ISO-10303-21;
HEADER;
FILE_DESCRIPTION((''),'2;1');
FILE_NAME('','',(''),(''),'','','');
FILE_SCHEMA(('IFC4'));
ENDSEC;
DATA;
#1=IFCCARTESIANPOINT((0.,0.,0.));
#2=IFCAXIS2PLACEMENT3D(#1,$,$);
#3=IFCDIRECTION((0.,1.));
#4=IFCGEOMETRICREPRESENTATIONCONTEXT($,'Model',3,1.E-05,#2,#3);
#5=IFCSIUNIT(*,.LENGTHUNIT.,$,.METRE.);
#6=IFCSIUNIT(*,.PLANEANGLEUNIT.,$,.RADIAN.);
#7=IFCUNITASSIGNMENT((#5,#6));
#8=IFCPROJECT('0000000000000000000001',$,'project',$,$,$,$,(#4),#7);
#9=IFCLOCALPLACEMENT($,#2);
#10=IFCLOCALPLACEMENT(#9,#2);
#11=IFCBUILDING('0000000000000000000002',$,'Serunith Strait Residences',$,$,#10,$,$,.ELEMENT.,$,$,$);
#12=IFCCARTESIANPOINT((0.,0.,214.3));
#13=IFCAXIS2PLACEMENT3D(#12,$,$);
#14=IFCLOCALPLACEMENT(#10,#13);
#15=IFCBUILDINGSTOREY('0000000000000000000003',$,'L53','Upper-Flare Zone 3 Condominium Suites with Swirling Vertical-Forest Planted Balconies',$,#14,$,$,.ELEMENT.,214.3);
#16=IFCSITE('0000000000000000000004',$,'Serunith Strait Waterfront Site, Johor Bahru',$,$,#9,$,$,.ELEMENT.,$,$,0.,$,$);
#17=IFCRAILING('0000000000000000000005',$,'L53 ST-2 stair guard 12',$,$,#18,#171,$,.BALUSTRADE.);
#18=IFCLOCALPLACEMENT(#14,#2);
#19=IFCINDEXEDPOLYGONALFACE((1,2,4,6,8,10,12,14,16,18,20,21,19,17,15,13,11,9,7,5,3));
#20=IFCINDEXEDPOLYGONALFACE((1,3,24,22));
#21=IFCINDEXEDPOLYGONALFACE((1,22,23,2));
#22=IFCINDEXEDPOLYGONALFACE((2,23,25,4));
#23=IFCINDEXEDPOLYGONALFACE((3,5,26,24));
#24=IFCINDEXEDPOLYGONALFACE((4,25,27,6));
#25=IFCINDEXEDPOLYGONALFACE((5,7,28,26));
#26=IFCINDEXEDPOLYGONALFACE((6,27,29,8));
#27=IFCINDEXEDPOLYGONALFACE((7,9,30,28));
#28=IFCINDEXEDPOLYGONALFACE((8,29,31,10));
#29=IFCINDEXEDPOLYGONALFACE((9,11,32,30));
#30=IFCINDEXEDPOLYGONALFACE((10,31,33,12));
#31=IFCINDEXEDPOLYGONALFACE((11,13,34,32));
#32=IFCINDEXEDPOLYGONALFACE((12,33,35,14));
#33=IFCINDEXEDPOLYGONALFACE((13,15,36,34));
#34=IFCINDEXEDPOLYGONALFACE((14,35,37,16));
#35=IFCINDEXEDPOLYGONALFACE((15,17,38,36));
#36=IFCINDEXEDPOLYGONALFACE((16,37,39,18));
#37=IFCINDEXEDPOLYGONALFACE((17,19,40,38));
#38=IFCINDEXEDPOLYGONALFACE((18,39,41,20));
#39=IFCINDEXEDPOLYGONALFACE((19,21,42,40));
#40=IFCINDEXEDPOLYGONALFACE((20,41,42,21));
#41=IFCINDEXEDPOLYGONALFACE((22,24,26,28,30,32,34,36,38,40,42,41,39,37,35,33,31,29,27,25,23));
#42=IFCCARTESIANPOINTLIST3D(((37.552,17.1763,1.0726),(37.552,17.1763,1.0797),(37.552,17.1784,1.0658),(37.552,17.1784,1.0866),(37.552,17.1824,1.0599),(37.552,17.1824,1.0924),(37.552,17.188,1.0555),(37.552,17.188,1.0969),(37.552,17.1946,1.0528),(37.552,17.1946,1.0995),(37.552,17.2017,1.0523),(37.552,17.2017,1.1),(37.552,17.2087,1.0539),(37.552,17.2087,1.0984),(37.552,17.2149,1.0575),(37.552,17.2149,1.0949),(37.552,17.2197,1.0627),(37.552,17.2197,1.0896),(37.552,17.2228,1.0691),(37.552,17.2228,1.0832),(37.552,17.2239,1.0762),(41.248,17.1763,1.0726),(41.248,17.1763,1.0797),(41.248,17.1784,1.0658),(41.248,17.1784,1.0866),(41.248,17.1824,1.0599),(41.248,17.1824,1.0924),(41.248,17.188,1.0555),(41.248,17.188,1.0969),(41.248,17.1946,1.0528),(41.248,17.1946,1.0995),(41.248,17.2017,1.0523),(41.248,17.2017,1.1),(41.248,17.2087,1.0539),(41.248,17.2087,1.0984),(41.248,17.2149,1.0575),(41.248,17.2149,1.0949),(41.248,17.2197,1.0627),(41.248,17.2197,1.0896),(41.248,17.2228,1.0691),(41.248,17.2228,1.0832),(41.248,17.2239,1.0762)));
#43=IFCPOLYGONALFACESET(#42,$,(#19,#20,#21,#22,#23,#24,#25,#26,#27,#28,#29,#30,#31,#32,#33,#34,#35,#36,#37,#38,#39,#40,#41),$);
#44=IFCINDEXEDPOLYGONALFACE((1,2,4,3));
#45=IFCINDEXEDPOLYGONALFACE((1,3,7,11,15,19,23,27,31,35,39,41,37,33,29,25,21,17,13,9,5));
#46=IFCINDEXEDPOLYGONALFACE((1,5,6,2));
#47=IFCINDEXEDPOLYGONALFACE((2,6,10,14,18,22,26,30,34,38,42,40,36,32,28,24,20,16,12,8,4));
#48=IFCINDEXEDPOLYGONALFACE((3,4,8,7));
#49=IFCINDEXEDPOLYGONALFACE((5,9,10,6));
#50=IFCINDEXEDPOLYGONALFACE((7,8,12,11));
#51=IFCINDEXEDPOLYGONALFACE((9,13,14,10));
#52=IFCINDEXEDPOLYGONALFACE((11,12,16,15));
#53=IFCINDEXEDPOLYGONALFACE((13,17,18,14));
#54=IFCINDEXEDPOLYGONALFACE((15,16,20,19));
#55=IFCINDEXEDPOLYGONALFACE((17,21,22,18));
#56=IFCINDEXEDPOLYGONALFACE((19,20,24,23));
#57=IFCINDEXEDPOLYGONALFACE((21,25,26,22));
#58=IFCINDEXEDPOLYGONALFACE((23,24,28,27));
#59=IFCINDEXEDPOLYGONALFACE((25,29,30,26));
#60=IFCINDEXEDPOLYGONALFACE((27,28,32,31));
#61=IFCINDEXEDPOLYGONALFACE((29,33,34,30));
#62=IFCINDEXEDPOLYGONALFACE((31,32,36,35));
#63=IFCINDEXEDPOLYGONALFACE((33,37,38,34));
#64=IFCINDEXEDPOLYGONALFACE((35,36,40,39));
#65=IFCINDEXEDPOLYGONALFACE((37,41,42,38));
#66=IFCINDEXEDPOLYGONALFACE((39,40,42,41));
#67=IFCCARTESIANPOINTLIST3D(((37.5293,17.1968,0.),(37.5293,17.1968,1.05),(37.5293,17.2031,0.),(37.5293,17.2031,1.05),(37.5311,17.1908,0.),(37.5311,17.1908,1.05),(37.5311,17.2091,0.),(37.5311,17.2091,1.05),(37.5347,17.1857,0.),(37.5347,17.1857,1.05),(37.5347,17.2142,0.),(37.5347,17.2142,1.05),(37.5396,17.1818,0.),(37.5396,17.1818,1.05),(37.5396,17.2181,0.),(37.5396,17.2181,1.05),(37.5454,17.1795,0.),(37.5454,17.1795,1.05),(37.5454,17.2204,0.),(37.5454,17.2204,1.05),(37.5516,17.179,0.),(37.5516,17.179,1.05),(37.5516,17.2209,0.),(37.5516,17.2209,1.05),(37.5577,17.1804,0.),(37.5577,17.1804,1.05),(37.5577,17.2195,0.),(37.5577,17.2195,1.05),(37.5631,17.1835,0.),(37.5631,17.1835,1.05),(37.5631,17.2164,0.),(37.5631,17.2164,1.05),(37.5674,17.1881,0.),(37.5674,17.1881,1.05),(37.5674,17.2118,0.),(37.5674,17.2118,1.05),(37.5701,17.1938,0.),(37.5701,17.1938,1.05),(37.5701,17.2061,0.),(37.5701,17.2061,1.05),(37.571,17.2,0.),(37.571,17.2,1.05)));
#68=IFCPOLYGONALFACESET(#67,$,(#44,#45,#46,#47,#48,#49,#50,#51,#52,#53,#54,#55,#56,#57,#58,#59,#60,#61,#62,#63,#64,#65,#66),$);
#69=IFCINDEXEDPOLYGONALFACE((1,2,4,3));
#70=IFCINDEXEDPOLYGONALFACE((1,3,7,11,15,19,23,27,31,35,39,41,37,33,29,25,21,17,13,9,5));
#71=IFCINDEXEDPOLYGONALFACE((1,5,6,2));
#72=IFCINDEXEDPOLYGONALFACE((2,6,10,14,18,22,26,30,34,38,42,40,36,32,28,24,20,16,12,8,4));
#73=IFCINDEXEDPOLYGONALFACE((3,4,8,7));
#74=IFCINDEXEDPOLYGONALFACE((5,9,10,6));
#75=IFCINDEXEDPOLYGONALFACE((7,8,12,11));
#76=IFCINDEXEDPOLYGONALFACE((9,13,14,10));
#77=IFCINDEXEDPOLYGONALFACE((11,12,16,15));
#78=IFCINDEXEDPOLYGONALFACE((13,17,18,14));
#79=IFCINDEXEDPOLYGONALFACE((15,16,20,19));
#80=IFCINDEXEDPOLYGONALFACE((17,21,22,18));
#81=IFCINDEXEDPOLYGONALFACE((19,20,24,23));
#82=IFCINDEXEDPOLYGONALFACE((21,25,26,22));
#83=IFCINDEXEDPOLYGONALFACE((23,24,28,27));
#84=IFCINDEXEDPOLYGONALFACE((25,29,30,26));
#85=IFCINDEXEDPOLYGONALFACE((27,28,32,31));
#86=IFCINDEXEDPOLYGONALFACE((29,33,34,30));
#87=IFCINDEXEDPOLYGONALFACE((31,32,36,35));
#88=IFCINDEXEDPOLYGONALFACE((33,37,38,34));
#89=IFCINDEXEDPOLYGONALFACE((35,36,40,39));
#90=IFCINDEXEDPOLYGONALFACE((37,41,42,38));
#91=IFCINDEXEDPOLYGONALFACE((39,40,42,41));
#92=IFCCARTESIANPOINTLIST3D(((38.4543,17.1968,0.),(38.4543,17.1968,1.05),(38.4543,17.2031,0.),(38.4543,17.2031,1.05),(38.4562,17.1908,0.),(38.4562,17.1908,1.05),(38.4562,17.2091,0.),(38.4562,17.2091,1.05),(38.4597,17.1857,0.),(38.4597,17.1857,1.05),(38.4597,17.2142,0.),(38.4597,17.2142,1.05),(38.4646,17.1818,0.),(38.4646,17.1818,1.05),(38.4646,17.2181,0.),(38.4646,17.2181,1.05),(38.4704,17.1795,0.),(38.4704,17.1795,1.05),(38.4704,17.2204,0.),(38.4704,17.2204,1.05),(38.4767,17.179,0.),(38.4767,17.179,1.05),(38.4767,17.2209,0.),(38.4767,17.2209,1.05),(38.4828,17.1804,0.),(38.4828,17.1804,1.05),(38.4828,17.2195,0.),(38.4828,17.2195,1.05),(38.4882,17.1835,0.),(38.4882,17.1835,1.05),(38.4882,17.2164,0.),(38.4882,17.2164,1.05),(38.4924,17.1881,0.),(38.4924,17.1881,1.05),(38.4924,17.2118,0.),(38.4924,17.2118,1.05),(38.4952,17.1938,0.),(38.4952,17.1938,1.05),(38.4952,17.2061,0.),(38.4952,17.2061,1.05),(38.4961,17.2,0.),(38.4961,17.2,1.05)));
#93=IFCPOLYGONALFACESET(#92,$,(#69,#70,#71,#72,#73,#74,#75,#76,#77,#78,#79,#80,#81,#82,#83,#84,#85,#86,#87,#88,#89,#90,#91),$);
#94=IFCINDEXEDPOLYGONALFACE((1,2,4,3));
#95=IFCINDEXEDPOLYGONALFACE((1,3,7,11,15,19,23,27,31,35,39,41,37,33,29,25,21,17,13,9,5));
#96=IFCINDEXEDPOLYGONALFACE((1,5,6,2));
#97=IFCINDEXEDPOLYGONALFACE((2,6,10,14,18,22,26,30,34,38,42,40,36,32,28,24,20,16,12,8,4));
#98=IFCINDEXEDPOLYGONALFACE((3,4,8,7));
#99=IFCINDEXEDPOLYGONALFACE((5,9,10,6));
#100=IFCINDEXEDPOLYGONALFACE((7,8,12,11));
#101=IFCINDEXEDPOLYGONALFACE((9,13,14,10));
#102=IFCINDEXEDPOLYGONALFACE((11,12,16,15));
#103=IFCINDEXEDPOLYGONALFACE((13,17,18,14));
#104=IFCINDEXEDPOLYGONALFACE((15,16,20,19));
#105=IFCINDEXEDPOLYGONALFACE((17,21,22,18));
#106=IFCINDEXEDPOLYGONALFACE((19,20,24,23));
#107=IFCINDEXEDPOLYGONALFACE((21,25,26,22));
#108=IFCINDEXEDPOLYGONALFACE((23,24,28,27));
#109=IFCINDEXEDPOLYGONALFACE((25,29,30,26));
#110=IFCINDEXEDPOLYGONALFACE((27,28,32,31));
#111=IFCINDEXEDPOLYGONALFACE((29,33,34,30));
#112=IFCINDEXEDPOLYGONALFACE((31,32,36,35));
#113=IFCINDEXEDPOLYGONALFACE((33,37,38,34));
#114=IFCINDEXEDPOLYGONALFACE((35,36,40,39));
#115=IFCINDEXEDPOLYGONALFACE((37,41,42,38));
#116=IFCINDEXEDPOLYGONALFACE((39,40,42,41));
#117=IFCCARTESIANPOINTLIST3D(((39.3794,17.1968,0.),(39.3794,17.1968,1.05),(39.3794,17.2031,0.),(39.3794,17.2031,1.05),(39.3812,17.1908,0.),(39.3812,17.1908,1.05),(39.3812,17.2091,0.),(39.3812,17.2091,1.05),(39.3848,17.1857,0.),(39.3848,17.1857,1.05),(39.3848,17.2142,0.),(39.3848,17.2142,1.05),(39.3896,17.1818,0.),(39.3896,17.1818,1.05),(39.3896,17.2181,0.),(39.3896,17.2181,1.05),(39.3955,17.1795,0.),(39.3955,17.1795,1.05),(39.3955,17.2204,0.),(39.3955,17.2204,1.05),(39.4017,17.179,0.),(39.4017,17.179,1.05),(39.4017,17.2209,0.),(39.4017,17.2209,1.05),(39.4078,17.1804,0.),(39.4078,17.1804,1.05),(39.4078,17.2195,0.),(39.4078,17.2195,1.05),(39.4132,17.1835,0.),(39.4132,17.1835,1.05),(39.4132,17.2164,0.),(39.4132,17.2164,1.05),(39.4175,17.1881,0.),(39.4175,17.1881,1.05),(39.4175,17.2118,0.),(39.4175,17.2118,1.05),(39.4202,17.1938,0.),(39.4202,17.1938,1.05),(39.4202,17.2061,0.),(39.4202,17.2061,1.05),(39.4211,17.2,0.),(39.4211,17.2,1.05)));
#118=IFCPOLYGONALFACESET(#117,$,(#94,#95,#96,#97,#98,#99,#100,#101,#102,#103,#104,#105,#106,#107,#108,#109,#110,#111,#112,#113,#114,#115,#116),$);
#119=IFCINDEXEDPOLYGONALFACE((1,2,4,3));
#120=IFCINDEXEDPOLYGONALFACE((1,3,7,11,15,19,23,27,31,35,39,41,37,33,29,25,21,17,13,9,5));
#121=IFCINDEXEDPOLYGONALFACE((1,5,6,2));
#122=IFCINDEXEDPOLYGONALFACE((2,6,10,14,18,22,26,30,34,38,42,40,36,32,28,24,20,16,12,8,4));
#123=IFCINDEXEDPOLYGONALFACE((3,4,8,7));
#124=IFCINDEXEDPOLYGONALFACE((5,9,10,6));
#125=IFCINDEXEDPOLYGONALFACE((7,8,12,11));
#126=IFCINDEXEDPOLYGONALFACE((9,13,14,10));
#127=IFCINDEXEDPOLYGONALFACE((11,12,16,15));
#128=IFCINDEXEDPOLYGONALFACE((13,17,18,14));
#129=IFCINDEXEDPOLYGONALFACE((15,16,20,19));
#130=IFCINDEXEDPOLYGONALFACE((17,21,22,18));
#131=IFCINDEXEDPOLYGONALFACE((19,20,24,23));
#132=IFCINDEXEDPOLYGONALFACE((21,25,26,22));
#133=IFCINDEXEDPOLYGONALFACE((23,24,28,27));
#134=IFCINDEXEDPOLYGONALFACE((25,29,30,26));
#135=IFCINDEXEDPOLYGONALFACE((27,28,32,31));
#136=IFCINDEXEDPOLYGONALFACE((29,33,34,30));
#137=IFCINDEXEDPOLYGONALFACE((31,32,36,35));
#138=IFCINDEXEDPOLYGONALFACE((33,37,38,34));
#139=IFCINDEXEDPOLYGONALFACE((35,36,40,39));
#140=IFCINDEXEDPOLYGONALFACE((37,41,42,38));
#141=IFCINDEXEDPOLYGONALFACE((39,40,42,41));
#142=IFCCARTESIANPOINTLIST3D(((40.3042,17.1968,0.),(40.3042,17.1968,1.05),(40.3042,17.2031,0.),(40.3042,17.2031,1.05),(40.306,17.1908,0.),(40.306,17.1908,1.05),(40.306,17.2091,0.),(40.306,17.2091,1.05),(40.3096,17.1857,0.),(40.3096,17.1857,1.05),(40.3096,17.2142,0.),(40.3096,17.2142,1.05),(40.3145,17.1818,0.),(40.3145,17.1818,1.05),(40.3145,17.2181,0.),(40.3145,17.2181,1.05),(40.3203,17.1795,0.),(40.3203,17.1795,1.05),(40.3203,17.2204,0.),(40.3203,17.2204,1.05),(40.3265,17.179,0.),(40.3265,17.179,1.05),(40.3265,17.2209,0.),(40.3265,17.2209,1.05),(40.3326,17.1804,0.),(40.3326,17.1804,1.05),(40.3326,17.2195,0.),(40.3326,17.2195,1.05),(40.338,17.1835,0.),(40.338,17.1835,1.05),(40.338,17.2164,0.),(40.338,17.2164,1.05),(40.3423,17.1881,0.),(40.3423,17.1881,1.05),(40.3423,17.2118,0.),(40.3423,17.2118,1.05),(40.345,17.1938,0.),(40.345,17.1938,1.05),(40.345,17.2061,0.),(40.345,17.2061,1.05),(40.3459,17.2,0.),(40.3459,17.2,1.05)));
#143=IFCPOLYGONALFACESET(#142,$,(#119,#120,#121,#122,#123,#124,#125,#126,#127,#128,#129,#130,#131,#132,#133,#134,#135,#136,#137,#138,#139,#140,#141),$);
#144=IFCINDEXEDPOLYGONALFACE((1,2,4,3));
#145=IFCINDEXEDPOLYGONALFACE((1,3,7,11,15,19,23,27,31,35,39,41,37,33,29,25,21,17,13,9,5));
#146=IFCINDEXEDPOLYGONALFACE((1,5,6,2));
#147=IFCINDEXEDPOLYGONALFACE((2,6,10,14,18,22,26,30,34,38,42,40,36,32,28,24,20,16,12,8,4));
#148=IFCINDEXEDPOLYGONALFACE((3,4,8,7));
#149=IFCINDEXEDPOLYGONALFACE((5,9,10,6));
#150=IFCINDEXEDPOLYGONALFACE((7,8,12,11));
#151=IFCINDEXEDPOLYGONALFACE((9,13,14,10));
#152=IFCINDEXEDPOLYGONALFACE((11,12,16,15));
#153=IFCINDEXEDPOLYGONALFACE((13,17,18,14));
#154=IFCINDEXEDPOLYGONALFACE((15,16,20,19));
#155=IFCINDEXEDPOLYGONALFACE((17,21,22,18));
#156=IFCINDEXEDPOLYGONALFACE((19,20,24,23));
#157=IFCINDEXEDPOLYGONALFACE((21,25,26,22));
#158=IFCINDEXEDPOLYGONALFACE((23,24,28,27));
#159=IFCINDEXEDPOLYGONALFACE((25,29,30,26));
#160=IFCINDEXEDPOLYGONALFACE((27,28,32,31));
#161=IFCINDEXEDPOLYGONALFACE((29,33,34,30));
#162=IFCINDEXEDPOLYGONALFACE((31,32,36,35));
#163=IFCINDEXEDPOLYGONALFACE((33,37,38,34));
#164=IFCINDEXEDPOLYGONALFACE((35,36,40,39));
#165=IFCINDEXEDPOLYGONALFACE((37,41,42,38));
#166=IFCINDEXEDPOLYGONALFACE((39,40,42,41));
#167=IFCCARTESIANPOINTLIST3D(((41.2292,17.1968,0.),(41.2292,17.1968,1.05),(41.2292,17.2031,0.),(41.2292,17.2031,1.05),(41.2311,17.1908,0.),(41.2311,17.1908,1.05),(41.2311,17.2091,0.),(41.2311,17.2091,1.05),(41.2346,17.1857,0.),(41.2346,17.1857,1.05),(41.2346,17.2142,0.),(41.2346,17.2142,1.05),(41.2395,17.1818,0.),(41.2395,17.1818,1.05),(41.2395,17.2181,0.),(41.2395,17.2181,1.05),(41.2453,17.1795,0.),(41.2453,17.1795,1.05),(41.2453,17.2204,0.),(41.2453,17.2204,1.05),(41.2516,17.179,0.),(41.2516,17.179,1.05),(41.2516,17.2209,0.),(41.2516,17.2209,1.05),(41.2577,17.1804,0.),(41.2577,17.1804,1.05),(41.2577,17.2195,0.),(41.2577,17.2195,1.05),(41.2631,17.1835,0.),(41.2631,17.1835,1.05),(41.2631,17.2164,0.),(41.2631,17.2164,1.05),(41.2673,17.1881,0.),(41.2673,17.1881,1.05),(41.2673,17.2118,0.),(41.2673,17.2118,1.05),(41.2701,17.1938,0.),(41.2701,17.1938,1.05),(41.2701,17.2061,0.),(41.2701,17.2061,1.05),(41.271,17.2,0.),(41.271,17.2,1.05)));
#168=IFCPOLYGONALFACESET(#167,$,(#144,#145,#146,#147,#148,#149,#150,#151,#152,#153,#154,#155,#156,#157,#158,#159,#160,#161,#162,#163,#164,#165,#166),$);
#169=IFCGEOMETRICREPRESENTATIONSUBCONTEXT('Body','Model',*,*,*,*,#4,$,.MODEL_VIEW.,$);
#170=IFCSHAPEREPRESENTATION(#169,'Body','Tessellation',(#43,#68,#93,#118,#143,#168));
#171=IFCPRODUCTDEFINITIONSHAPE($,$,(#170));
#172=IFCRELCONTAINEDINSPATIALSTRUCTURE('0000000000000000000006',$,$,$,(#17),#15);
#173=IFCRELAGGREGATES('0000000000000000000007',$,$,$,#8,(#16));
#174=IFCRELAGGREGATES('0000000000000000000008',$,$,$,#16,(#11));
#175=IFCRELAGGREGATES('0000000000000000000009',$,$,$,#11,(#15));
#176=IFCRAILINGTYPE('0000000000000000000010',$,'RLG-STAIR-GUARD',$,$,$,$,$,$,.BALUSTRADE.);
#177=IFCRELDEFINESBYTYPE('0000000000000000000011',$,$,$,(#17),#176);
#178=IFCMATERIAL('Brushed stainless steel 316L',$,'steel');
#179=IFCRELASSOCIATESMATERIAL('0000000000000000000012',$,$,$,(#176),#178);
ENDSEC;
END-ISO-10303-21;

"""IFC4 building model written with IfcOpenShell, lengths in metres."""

from ifc_helpers import new_model, si_unit, direction, frame, origin, origin_2d, place, context, subcontext, project, spatial, circle, extrude, material, type_object, element, save


model = new_model("IFC4")

# Units and contexts
model_context = context("Model", 3, precision=1e-05, world=origin(), true_north=direction((0.0, 1.0)))
body_context = subcontext(model_context, "Body", "Model", "MODEL_VIEW")
ifc_project = project(units=[si_unit("LENGTHUNIT", "METRE"), si_unit("PLANEANGLEUNIT", "RADIAN")], contexts=[model_context])

# Site, building, storey
site_placement = place(None, origin())
site = spatial("IfcSite", under=ifc_project, at=site_placement, Name="Serunith Strait Waterfront Site, Johor Bahru", CompositionType="ELEMENT", RefElevation=0.0)
building_placement = place(site_placement, origin())
building = spatial("IfcBuilding", under=site, at=building_placement, Name="Serunith Strait Residences", CompositionType="ELEMENT")
storey_placement = place(building_placement, frame((0.0, 0.0, 214.3)))
storey = spatial("IfcBuildingStorey", under=building, at=storey_placement, Name="L53", Description="Upper-Flare Zone 3 Condominium Suites with Swirling Vertical-Forest Planted Balconies", CompositionType="ELEMENT", Elevation=214.3)

# Railing
ifc_material_1 = material(Name="Brushed stainless steel 316L", Category="steel")
railing_type_1 = type_object("IfcRailingType", Name="RLG-STAIR-GUARD", PredefinedType="BALUSTRADE", material=ifc_material_1)
railing_1_placement = place(storey_placement, frame((37.55, 17.2, 0.0)))
element("IfcRailing", 1, at=railing_1_placement, inside=storey, type_object=railing_type_1, Name="L53 ST-2 stair guard 12", PredefinedType="BALUSTRADE", context=body_context, shape_type="SweptSolid", body=[
    extrude(circle(Radius=0.0239, at=origin_2d()), frame((0.002, 0.0, 1.0762), z_axis=(1.0, 0.0, 0.0), x_axis=(0.0, 1.0, 0.0)), (0.0, 0.0, 1.0), 3.696),
    extrude(circle(Radius=0.021, at=origin_2d()), origin(), (0.0, 0.0, 1.0), 1.05),
    extrude(circle(Radius=0.021, at=origin_2d()), frame((0.925, 0.0, 0.0)), (0.0, 0.0, 1.0), 1.05),
    extrude(circle(Radius=0.021, at=origin_2d()), frame((1.8501, 0.0, 0.0)), (0.0, 0.0, 1.0), 1.05),
    extrude(circle(Radius=0.021, at=origin_2d()), frame((2.7749, 0.0, 0.0)), (0.0, 0.0, 1.0), 1.05),
    extrude(circle(Radius=0.021, at=origin_2d()), frame((3.7, 0.0, 0.0)), (0.0, 0.0, 1.0), 1.05),
])

save(model, "model.ifc")
